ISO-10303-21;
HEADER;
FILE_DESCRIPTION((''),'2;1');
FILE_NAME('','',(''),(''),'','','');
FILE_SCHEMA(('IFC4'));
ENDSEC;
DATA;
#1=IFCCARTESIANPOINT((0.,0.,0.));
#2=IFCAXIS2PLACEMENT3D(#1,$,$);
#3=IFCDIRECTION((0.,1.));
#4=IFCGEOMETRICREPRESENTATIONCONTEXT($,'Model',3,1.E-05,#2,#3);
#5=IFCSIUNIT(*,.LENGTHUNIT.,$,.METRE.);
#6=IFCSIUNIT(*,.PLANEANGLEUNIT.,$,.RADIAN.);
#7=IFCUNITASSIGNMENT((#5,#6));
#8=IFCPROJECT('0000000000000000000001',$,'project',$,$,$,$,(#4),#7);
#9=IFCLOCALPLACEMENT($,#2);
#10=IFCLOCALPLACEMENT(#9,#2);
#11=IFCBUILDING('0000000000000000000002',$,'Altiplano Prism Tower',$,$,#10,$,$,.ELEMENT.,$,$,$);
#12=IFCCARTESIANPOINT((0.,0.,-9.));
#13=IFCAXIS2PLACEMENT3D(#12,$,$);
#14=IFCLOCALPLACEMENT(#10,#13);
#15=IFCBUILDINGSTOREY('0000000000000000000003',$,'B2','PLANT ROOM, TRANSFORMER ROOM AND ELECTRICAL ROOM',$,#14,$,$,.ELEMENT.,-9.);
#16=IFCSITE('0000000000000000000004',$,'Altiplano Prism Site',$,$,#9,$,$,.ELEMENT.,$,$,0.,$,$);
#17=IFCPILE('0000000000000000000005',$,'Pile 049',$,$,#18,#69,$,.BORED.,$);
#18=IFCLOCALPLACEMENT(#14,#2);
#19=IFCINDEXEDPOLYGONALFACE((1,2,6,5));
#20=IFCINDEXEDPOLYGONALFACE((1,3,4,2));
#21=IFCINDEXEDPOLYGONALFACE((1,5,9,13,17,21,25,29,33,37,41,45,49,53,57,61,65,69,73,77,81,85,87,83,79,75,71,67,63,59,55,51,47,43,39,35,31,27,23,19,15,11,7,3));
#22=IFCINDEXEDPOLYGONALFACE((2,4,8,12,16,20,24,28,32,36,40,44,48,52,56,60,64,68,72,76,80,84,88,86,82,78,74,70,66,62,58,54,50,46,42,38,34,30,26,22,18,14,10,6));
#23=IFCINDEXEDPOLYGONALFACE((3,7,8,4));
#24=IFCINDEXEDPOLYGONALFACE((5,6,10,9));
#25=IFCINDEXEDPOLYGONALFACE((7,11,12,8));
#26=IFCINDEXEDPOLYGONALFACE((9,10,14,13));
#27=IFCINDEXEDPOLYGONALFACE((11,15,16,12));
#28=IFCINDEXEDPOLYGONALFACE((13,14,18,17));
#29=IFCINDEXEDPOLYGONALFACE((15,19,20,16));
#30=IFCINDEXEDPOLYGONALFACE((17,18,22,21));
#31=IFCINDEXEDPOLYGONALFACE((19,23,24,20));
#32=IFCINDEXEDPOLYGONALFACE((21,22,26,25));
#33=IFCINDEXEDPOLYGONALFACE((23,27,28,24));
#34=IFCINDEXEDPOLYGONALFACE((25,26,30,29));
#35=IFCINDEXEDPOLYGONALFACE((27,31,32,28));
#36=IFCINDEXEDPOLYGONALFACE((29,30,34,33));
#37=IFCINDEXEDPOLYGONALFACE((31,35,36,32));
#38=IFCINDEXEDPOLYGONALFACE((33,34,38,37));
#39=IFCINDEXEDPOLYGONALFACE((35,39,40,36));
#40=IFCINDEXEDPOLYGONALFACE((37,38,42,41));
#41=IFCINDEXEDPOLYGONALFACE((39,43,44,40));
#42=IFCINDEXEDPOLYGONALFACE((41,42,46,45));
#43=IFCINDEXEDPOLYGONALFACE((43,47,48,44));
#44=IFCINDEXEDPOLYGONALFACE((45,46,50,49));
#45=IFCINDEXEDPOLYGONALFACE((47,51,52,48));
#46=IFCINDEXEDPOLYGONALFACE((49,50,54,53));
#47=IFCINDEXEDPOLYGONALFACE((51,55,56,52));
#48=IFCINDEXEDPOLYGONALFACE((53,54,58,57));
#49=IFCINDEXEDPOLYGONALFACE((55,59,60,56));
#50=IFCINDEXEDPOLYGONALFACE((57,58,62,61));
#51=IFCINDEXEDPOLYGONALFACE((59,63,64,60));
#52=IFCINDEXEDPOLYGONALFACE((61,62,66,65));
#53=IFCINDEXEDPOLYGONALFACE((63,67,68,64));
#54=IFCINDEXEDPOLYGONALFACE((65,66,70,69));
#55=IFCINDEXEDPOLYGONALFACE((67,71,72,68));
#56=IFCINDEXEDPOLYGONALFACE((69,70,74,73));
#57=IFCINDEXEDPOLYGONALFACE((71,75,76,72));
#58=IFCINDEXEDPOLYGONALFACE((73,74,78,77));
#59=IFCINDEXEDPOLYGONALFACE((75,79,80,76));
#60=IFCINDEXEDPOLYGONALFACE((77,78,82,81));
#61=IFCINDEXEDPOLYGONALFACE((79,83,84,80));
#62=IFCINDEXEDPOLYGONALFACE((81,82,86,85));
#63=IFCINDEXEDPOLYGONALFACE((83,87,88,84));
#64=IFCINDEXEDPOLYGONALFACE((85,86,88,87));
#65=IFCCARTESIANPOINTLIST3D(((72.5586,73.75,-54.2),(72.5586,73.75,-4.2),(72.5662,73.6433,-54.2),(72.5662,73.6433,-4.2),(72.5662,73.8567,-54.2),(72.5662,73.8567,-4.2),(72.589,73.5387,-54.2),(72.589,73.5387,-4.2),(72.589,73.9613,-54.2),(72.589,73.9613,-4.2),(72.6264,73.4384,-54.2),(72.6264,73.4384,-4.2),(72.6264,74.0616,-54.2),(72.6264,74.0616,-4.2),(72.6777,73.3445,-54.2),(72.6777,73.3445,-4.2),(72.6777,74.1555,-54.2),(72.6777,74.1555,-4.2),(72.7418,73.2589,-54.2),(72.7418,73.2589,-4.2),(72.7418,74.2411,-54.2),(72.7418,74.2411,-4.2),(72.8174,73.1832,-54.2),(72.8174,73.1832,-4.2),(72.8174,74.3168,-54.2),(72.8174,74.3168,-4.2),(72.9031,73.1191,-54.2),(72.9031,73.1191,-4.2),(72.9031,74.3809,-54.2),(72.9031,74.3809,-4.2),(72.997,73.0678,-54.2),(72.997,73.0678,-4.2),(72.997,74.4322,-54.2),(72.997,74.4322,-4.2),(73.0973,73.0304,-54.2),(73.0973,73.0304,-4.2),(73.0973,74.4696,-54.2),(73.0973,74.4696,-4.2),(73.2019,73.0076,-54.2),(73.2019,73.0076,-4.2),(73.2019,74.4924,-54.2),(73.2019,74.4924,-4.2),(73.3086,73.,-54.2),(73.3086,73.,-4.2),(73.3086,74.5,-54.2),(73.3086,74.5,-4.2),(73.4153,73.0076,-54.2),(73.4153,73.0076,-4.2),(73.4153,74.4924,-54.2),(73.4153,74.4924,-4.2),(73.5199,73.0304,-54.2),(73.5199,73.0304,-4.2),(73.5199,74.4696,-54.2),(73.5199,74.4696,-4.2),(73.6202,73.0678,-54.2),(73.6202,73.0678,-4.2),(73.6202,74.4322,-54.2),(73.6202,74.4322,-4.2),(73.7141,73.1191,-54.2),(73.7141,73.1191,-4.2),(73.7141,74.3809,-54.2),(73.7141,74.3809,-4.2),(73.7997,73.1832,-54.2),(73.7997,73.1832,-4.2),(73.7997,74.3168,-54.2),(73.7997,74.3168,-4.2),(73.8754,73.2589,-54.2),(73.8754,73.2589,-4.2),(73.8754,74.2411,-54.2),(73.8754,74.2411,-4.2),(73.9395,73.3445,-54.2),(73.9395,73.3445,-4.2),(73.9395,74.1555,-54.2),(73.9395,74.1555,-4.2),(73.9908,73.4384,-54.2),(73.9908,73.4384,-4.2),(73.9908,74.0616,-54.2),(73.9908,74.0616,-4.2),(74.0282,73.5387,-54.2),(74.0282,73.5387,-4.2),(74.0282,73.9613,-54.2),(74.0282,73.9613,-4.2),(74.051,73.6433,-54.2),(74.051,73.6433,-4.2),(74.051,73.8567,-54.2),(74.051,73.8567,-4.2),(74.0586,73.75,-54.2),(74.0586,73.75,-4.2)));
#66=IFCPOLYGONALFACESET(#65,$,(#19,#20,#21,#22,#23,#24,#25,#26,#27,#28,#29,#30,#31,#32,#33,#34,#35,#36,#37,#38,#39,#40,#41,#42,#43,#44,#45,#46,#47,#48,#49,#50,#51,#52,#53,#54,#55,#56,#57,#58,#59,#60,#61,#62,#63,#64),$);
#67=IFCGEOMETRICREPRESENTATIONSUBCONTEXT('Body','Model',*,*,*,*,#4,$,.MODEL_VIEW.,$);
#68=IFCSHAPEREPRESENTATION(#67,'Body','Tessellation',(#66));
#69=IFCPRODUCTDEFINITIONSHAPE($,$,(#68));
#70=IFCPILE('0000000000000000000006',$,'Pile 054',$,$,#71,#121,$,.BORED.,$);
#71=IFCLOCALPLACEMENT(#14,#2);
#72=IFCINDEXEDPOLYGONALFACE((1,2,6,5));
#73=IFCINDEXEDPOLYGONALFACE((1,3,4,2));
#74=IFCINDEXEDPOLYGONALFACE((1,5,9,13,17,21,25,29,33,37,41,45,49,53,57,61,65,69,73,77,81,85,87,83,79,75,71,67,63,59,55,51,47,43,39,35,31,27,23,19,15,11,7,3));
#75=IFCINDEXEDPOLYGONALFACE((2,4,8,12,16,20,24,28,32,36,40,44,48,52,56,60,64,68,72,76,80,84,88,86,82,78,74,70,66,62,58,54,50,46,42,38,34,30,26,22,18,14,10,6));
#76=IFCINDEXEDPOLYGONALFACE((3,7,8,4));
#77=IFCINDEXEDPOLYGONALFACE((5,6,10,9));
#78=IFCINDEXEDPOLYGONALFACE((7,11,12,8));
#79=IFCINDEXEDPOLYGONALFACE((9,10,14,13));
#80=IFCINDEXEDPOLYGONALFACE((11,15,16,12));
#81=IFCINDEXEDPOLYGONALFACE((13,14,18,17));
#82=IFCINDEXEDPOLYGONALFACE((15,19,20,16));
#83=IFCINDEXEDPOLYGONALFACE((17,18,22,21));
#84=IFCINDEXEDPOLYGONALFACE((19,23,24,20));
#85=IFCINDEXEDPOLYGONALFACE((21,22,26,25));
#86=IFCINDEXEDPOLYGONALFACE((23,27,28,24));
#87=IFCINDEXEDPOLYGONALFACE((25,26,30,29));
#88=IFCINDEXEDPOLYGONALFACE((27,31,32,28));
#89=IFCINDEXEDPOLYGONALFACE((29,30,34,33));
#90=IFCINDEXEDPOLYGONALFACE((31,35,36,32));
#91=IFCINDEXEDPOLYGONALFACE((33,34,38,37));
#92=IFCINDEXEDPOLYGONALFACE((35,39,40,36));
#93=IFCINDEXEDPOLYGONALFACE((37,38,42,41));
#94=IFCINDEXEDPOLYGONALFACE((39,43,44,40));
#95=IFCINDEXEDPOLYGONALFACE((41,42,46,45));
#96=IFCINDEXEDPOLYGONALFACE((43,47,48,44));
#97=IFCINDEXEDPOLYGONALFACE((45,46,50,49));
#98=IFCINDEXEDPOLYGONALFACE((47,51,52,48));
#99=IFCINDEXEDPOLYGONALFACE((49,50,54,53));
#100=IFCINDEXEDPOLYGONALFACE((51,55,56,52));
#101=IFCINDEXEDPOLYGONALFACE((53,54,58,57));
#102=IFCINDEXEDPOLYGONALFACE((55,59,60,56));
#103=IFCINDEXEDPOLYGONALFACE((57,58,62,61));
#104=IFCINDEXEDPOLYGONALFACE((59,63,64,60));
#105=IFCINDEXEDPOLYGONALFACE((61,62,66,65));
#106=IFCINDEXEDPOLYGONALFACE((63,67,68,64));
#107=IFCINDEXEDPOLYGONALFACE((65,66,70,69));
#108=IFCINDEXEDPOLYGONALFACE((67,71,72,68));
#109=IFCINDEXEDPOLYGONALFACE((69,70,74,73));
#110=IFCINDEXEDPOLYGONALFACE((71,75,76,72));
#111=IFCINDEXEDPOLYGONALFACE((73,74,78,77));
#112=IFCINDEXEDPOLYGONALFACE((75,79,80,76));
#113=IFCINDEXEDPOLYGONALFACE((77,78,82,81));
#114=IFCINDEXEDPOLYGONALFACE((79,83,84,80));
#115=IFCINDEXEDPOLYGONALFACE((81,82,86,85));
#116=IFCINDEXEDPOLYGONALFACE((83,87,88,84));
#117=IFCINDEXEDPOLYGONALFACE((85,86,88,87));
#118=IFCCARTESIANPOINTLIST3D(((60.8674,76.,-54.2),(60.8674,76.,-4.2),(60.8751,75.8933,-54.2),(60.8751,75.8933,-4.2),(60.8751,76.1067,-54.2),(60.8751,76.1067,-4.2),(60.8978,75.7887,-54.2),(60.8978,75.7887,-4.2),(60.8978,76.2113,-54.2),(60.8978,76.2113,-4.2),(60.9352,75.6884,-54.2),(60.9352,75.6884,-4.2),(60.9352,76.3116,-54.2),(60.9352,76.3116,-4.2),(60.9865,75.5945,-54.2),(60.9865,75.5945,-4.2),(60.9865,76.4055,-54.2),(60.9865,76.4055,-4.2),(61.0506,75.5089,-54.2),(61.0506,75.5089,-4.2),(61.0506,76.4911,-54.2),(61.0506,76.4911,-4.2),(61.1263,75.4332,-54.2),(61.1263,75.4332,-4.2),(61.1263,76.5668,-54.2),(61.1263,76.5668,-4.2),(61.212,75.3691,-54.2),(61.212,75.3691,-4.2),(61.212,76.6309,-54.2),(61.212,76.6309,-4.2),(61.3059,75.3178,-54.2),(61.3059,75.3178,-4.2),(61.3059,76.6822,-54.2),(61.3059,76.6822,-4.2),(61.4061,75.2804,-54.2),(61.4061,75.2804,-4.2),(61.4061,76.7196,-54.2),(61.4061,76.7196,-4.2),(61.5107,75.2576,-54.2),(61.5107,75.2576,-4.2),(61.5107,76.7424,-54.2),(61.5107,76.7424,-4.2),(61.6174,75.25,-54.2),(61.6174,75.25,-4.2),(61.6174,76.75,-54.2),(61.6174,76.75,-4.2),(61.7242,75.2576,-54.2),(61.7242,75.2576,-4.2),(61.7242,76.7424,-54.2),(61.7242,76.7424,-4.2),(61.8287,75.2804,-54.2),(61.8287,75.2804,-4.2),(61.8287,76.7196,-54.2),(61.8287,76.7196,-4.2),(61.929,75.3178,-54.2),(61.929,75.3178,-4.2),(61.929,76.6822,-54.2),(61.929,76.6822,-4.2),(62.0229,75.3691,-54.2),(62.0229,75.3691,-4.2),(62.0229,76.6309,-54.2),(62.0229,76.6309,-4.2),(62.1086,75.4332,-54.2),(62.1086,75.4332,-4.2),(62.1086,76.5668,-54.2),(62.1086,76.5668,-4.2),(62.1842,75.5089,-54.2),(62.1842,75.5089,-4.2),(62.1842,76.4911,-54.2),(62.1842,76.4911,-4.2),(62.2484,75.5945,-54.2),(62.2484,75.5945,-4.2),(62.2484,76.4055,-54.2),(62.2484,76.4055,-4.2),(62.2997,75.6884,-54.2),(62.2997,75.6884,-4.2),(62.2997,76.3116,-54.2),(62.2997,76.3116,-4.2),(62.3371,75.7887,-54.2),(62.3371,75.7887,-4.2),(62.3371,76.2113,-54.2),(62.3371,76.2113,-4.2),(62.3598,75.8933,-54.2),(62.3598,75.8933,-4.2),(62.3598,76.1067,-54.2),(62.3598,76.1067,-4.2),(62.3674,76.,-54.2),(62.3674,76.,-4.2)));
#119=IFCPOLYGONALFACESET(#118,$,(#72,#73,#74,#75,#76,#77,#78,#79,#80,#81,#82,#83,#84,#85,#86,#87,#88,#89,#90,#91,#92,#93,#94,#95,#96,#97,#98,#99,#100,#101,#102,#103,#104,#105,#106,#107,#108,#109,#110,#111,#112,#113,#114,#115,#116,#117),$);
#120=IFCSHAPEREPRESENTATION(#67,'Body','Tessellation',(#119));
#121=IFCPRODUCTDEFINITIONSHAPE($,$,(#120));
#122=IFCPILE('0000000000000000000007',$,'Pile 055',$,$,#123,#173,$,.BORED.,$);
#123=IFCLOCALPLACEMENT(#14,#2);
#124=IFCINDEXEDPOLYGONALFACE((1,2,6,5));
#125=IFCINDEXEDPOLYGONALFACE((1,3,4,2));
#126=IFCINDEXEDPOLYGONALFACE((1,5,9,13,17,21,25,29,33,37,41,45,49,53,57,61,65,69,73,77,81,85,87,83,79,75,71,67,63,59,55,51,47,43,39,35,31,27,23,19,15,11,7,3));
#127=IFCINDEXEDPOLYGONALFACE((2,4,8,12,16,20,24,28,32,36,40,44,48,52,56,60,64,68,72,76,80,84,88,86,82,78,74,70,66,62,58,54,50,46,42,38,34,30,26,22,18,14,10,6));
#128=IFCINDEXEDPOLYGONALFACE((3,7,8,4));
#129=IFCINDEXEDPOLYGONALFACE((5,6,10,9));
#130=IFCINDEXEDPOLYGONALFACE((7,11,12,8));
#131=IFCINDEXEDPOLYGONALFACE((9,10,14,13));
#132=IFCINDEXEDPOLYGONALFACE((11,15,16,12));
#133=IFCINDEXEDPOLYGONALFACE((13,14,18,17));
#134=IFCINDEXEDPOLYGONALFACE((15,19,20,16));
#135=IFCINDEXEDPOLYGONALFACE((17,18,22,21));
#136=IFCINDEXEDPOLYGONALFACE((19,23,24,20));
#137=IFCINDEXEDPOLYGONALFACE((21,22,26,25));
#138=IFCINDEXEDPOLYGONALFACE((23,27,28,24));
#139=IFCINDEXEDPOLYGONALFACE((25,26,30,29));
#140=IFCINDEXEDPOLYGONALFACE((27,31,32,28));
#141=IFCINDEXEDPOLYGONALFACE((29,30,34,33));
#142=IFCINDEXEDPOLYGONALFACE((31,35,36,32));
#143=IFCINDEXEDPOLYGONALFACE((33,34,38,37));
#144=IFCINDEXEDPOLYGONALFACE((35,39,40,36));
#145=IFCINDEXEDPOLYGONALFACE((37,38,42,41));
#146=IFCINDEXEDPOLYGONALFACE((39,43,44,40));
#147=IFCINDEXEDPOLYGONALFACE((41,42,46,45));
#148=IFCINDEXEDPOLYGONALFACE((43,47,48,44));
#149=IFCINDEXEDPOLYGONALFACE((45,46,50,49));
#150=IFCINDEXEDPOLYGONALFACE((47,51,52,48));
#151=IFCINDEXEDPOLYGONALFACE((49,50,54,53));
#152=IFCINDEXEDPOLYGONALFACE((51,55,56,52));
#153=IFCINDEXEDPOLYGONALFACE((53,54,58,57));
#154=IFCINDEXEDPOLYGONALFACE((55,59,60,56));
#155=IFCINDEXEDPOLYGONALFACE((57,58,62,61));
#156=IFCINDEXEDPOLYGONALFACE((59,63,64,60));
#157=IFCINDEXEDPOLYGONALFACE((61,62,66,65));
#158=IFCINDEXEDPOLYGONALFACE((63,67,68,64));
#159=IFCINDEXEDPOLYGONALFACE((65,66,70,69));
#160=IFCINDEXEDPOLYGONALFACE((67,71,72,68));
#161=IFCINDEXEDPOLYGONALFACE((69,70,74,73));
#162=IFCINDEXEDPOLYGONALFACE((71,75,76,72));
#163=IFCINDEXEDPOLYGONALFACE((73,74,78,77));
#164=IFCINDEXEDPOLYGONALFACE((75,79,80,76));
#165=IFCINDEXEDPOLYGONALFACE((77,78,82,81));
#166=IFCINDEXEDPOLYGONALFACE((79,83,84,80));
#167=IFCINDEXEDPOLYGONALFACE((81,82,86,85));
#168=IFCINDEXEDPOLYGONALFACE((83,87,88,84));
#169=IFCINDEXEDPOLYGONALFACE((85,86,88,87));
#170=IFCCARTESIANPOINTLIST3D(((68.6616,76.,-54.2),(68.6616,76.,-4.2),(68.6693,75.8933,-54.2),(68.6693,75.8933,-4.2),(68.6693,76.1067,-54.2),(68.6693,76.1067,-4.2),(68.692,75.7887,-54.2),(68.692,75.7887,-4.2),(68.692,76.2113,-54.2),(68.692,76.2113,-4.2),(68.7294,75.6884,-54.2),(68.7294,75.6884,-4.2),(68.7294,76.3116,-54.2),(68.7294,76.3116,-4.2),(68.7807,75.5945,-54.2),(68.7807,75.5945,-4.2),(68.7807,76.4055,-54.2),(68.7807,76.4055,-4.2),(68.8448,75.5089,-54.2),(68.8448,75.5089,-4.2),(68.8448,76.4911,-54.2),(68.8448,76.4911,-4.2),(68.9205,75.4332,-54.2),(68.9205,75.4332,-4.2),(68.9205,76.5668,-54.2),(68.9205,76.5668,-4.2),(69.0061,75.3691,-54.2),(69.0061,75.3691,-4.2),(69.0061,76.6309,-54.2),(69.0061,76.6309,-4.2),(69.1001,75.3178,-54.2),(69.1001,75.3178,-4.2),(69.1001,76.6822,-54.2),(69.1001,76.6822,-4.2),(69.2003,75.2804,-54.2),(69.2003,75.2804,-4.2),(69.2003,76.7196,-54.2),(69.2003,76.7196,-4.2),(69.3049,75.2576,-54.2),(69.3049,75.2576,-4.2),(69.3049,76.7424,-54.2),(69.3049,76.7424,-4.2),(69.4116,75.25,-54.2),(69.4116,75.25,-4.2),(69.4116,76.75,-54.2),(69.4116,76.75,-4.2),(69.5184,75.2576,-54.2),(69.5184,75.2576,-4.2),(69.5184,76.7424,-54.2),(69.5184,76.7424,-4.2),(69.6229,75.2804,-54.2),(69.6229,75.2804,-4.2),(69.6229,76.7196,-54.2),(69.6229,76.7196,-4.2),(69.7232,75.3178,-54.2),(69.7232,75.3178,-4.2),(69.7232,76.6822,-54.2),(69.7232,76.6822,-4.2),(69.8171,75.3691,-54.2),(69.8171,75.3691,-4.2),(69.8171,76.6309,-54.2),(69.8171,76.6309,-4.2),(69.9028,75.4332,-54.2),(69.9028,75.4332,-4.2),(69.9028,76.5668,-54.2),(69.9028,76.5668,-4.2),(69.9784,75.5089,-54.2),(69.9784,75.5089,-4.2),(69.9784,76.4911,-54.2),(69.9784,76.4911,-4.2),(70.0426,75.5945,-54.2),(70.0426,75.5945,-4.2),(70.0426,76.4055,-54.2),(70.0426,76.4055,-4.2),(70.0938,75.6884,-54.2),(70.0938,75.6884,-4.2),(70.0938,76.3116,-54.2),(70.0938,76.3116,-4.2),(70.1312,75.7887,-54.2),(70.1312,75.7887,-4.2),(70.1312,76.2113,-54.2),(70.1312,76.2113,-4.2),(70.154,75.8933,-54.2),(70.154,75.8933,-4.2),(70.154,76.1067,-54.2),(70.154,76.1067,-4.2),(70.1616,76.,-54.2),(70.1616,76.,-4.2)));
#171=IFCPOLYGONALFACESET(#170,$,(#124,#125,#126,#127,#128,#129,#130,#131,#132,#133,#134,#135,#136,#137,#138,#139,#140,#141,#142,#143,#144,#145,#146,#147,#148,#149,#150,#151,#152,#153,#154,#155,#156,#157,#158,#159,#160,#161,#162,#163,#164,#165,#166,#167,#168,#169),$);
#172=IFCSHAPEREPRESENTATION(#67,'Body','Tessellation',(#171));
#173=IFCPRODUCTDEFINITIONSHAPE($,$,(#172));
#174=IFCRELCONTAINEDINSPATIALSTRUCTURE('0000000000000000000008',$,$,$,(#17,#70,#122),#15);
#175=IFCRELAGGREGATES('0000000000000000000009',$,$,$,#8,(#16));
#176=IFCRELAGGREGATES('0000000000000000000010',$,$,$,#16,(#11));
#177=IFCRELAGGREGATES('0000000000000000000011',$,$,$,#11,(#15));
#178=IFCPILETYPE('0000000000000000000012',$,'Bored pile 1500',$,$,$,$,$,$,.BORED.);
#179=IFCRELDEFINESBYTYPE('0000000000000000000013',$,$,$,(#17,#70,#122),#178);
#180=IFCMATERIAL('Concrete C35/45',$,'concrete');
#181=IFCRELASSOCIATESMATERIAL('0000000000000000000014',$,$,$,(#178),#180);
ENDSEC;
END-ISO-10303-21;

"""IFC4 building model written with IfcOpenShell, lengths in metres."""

from ifc_helpers import new_model, si_unit, direction, frame, origin, origin_2d, place, context, subcontext, project, spatial, circle, extrude, material, material_profile, profile_set, type_object, element, save


model = new_model("IFC4")

# Units and contexts
model_context = context("Model", 3, precision=1e-05, world=origin(), true_north=direction((0.0, 1.0)))
body_context = subcontext(model_context, "Body", "Model", "MODEL_VIEW")
ifc_project = project(units=[si_unit("LENGTHUNIT", "METRE"), si_unit("PLANEANGLEUNIT", "RADIAN")], contexts=[model_context])

# Site, building, storey
site_placement = place(None, origin())
site = spatial("IfcSite", under=ifc_project, at=site_placement, Name="Altiplano Prism Site", CompositionType="ELEMENT", RefElevation=0.0)
building_placement = place(site_placement, origin())
building = spatial("IfcBuilding", under=site, at=building_placement, Name="Altiplano Prism Tower", CompositionType="ELEMENT")
storey_placement = place(building_placement, frame((0.0, 0.0, -9.0)))
storey = spatial("IfcBuildingStorey", under=building, at=storey_placement, Name="B2", Description="PLANT ROOM, TRANSFORMER ROOM AND ELECTRICAL ROOM", CompositionType="ELEMENT", Elevation=-9.0)

# Piles
ifc_material_1 = material(Name="Concrete C35/45", Category="concrete")
ifc_material_profile_1 = material_profile(ifc_material_1, circle(Radius=0.75, at=origin_2d()), Name="Bored pile 1500")
ifc_profile_set_1 = profile_set([ifc_material_profile_1], Name="Concrete C35/45")
pile_type = type_object("IfcPileType", Name="Bored pile 1500", PredefinedType="BORED", material=ifc_profile_set_1)
for number, where, z_axis, x_axis, name in (
    (1, (73.3086, 73.75, -4.2), (0.0, 0.0, -1.0), (1.0, 0.0, 0.0), "Pile 049"),
    (2, (61.6174, 76.0, -4.2), (0.0, 0.0, -1.0), (1.0, 0.0, 0.0), "Pile 054"),
    (3, (69.4116, 76.0, -4.2), (0.0, 0.0, -1.0), (1.0, 0.0, 0.0), "Pile 055"),
):
    element("IfcPile", number, at=place(storey_placement, frame(where, z_axis=z_axis, x_axis=x_axis)), inside=storey, type_object=pile_type, Name=name, PredefinedType="BORED", context=body_context, shape_type="SweptSolid", body=[
        extrude(circle(Radius=0.75, at=origin_2d()), origin(), (0.0, 0.0, 1.0), 50.0),
    ])

save(model, "model.ifc")
